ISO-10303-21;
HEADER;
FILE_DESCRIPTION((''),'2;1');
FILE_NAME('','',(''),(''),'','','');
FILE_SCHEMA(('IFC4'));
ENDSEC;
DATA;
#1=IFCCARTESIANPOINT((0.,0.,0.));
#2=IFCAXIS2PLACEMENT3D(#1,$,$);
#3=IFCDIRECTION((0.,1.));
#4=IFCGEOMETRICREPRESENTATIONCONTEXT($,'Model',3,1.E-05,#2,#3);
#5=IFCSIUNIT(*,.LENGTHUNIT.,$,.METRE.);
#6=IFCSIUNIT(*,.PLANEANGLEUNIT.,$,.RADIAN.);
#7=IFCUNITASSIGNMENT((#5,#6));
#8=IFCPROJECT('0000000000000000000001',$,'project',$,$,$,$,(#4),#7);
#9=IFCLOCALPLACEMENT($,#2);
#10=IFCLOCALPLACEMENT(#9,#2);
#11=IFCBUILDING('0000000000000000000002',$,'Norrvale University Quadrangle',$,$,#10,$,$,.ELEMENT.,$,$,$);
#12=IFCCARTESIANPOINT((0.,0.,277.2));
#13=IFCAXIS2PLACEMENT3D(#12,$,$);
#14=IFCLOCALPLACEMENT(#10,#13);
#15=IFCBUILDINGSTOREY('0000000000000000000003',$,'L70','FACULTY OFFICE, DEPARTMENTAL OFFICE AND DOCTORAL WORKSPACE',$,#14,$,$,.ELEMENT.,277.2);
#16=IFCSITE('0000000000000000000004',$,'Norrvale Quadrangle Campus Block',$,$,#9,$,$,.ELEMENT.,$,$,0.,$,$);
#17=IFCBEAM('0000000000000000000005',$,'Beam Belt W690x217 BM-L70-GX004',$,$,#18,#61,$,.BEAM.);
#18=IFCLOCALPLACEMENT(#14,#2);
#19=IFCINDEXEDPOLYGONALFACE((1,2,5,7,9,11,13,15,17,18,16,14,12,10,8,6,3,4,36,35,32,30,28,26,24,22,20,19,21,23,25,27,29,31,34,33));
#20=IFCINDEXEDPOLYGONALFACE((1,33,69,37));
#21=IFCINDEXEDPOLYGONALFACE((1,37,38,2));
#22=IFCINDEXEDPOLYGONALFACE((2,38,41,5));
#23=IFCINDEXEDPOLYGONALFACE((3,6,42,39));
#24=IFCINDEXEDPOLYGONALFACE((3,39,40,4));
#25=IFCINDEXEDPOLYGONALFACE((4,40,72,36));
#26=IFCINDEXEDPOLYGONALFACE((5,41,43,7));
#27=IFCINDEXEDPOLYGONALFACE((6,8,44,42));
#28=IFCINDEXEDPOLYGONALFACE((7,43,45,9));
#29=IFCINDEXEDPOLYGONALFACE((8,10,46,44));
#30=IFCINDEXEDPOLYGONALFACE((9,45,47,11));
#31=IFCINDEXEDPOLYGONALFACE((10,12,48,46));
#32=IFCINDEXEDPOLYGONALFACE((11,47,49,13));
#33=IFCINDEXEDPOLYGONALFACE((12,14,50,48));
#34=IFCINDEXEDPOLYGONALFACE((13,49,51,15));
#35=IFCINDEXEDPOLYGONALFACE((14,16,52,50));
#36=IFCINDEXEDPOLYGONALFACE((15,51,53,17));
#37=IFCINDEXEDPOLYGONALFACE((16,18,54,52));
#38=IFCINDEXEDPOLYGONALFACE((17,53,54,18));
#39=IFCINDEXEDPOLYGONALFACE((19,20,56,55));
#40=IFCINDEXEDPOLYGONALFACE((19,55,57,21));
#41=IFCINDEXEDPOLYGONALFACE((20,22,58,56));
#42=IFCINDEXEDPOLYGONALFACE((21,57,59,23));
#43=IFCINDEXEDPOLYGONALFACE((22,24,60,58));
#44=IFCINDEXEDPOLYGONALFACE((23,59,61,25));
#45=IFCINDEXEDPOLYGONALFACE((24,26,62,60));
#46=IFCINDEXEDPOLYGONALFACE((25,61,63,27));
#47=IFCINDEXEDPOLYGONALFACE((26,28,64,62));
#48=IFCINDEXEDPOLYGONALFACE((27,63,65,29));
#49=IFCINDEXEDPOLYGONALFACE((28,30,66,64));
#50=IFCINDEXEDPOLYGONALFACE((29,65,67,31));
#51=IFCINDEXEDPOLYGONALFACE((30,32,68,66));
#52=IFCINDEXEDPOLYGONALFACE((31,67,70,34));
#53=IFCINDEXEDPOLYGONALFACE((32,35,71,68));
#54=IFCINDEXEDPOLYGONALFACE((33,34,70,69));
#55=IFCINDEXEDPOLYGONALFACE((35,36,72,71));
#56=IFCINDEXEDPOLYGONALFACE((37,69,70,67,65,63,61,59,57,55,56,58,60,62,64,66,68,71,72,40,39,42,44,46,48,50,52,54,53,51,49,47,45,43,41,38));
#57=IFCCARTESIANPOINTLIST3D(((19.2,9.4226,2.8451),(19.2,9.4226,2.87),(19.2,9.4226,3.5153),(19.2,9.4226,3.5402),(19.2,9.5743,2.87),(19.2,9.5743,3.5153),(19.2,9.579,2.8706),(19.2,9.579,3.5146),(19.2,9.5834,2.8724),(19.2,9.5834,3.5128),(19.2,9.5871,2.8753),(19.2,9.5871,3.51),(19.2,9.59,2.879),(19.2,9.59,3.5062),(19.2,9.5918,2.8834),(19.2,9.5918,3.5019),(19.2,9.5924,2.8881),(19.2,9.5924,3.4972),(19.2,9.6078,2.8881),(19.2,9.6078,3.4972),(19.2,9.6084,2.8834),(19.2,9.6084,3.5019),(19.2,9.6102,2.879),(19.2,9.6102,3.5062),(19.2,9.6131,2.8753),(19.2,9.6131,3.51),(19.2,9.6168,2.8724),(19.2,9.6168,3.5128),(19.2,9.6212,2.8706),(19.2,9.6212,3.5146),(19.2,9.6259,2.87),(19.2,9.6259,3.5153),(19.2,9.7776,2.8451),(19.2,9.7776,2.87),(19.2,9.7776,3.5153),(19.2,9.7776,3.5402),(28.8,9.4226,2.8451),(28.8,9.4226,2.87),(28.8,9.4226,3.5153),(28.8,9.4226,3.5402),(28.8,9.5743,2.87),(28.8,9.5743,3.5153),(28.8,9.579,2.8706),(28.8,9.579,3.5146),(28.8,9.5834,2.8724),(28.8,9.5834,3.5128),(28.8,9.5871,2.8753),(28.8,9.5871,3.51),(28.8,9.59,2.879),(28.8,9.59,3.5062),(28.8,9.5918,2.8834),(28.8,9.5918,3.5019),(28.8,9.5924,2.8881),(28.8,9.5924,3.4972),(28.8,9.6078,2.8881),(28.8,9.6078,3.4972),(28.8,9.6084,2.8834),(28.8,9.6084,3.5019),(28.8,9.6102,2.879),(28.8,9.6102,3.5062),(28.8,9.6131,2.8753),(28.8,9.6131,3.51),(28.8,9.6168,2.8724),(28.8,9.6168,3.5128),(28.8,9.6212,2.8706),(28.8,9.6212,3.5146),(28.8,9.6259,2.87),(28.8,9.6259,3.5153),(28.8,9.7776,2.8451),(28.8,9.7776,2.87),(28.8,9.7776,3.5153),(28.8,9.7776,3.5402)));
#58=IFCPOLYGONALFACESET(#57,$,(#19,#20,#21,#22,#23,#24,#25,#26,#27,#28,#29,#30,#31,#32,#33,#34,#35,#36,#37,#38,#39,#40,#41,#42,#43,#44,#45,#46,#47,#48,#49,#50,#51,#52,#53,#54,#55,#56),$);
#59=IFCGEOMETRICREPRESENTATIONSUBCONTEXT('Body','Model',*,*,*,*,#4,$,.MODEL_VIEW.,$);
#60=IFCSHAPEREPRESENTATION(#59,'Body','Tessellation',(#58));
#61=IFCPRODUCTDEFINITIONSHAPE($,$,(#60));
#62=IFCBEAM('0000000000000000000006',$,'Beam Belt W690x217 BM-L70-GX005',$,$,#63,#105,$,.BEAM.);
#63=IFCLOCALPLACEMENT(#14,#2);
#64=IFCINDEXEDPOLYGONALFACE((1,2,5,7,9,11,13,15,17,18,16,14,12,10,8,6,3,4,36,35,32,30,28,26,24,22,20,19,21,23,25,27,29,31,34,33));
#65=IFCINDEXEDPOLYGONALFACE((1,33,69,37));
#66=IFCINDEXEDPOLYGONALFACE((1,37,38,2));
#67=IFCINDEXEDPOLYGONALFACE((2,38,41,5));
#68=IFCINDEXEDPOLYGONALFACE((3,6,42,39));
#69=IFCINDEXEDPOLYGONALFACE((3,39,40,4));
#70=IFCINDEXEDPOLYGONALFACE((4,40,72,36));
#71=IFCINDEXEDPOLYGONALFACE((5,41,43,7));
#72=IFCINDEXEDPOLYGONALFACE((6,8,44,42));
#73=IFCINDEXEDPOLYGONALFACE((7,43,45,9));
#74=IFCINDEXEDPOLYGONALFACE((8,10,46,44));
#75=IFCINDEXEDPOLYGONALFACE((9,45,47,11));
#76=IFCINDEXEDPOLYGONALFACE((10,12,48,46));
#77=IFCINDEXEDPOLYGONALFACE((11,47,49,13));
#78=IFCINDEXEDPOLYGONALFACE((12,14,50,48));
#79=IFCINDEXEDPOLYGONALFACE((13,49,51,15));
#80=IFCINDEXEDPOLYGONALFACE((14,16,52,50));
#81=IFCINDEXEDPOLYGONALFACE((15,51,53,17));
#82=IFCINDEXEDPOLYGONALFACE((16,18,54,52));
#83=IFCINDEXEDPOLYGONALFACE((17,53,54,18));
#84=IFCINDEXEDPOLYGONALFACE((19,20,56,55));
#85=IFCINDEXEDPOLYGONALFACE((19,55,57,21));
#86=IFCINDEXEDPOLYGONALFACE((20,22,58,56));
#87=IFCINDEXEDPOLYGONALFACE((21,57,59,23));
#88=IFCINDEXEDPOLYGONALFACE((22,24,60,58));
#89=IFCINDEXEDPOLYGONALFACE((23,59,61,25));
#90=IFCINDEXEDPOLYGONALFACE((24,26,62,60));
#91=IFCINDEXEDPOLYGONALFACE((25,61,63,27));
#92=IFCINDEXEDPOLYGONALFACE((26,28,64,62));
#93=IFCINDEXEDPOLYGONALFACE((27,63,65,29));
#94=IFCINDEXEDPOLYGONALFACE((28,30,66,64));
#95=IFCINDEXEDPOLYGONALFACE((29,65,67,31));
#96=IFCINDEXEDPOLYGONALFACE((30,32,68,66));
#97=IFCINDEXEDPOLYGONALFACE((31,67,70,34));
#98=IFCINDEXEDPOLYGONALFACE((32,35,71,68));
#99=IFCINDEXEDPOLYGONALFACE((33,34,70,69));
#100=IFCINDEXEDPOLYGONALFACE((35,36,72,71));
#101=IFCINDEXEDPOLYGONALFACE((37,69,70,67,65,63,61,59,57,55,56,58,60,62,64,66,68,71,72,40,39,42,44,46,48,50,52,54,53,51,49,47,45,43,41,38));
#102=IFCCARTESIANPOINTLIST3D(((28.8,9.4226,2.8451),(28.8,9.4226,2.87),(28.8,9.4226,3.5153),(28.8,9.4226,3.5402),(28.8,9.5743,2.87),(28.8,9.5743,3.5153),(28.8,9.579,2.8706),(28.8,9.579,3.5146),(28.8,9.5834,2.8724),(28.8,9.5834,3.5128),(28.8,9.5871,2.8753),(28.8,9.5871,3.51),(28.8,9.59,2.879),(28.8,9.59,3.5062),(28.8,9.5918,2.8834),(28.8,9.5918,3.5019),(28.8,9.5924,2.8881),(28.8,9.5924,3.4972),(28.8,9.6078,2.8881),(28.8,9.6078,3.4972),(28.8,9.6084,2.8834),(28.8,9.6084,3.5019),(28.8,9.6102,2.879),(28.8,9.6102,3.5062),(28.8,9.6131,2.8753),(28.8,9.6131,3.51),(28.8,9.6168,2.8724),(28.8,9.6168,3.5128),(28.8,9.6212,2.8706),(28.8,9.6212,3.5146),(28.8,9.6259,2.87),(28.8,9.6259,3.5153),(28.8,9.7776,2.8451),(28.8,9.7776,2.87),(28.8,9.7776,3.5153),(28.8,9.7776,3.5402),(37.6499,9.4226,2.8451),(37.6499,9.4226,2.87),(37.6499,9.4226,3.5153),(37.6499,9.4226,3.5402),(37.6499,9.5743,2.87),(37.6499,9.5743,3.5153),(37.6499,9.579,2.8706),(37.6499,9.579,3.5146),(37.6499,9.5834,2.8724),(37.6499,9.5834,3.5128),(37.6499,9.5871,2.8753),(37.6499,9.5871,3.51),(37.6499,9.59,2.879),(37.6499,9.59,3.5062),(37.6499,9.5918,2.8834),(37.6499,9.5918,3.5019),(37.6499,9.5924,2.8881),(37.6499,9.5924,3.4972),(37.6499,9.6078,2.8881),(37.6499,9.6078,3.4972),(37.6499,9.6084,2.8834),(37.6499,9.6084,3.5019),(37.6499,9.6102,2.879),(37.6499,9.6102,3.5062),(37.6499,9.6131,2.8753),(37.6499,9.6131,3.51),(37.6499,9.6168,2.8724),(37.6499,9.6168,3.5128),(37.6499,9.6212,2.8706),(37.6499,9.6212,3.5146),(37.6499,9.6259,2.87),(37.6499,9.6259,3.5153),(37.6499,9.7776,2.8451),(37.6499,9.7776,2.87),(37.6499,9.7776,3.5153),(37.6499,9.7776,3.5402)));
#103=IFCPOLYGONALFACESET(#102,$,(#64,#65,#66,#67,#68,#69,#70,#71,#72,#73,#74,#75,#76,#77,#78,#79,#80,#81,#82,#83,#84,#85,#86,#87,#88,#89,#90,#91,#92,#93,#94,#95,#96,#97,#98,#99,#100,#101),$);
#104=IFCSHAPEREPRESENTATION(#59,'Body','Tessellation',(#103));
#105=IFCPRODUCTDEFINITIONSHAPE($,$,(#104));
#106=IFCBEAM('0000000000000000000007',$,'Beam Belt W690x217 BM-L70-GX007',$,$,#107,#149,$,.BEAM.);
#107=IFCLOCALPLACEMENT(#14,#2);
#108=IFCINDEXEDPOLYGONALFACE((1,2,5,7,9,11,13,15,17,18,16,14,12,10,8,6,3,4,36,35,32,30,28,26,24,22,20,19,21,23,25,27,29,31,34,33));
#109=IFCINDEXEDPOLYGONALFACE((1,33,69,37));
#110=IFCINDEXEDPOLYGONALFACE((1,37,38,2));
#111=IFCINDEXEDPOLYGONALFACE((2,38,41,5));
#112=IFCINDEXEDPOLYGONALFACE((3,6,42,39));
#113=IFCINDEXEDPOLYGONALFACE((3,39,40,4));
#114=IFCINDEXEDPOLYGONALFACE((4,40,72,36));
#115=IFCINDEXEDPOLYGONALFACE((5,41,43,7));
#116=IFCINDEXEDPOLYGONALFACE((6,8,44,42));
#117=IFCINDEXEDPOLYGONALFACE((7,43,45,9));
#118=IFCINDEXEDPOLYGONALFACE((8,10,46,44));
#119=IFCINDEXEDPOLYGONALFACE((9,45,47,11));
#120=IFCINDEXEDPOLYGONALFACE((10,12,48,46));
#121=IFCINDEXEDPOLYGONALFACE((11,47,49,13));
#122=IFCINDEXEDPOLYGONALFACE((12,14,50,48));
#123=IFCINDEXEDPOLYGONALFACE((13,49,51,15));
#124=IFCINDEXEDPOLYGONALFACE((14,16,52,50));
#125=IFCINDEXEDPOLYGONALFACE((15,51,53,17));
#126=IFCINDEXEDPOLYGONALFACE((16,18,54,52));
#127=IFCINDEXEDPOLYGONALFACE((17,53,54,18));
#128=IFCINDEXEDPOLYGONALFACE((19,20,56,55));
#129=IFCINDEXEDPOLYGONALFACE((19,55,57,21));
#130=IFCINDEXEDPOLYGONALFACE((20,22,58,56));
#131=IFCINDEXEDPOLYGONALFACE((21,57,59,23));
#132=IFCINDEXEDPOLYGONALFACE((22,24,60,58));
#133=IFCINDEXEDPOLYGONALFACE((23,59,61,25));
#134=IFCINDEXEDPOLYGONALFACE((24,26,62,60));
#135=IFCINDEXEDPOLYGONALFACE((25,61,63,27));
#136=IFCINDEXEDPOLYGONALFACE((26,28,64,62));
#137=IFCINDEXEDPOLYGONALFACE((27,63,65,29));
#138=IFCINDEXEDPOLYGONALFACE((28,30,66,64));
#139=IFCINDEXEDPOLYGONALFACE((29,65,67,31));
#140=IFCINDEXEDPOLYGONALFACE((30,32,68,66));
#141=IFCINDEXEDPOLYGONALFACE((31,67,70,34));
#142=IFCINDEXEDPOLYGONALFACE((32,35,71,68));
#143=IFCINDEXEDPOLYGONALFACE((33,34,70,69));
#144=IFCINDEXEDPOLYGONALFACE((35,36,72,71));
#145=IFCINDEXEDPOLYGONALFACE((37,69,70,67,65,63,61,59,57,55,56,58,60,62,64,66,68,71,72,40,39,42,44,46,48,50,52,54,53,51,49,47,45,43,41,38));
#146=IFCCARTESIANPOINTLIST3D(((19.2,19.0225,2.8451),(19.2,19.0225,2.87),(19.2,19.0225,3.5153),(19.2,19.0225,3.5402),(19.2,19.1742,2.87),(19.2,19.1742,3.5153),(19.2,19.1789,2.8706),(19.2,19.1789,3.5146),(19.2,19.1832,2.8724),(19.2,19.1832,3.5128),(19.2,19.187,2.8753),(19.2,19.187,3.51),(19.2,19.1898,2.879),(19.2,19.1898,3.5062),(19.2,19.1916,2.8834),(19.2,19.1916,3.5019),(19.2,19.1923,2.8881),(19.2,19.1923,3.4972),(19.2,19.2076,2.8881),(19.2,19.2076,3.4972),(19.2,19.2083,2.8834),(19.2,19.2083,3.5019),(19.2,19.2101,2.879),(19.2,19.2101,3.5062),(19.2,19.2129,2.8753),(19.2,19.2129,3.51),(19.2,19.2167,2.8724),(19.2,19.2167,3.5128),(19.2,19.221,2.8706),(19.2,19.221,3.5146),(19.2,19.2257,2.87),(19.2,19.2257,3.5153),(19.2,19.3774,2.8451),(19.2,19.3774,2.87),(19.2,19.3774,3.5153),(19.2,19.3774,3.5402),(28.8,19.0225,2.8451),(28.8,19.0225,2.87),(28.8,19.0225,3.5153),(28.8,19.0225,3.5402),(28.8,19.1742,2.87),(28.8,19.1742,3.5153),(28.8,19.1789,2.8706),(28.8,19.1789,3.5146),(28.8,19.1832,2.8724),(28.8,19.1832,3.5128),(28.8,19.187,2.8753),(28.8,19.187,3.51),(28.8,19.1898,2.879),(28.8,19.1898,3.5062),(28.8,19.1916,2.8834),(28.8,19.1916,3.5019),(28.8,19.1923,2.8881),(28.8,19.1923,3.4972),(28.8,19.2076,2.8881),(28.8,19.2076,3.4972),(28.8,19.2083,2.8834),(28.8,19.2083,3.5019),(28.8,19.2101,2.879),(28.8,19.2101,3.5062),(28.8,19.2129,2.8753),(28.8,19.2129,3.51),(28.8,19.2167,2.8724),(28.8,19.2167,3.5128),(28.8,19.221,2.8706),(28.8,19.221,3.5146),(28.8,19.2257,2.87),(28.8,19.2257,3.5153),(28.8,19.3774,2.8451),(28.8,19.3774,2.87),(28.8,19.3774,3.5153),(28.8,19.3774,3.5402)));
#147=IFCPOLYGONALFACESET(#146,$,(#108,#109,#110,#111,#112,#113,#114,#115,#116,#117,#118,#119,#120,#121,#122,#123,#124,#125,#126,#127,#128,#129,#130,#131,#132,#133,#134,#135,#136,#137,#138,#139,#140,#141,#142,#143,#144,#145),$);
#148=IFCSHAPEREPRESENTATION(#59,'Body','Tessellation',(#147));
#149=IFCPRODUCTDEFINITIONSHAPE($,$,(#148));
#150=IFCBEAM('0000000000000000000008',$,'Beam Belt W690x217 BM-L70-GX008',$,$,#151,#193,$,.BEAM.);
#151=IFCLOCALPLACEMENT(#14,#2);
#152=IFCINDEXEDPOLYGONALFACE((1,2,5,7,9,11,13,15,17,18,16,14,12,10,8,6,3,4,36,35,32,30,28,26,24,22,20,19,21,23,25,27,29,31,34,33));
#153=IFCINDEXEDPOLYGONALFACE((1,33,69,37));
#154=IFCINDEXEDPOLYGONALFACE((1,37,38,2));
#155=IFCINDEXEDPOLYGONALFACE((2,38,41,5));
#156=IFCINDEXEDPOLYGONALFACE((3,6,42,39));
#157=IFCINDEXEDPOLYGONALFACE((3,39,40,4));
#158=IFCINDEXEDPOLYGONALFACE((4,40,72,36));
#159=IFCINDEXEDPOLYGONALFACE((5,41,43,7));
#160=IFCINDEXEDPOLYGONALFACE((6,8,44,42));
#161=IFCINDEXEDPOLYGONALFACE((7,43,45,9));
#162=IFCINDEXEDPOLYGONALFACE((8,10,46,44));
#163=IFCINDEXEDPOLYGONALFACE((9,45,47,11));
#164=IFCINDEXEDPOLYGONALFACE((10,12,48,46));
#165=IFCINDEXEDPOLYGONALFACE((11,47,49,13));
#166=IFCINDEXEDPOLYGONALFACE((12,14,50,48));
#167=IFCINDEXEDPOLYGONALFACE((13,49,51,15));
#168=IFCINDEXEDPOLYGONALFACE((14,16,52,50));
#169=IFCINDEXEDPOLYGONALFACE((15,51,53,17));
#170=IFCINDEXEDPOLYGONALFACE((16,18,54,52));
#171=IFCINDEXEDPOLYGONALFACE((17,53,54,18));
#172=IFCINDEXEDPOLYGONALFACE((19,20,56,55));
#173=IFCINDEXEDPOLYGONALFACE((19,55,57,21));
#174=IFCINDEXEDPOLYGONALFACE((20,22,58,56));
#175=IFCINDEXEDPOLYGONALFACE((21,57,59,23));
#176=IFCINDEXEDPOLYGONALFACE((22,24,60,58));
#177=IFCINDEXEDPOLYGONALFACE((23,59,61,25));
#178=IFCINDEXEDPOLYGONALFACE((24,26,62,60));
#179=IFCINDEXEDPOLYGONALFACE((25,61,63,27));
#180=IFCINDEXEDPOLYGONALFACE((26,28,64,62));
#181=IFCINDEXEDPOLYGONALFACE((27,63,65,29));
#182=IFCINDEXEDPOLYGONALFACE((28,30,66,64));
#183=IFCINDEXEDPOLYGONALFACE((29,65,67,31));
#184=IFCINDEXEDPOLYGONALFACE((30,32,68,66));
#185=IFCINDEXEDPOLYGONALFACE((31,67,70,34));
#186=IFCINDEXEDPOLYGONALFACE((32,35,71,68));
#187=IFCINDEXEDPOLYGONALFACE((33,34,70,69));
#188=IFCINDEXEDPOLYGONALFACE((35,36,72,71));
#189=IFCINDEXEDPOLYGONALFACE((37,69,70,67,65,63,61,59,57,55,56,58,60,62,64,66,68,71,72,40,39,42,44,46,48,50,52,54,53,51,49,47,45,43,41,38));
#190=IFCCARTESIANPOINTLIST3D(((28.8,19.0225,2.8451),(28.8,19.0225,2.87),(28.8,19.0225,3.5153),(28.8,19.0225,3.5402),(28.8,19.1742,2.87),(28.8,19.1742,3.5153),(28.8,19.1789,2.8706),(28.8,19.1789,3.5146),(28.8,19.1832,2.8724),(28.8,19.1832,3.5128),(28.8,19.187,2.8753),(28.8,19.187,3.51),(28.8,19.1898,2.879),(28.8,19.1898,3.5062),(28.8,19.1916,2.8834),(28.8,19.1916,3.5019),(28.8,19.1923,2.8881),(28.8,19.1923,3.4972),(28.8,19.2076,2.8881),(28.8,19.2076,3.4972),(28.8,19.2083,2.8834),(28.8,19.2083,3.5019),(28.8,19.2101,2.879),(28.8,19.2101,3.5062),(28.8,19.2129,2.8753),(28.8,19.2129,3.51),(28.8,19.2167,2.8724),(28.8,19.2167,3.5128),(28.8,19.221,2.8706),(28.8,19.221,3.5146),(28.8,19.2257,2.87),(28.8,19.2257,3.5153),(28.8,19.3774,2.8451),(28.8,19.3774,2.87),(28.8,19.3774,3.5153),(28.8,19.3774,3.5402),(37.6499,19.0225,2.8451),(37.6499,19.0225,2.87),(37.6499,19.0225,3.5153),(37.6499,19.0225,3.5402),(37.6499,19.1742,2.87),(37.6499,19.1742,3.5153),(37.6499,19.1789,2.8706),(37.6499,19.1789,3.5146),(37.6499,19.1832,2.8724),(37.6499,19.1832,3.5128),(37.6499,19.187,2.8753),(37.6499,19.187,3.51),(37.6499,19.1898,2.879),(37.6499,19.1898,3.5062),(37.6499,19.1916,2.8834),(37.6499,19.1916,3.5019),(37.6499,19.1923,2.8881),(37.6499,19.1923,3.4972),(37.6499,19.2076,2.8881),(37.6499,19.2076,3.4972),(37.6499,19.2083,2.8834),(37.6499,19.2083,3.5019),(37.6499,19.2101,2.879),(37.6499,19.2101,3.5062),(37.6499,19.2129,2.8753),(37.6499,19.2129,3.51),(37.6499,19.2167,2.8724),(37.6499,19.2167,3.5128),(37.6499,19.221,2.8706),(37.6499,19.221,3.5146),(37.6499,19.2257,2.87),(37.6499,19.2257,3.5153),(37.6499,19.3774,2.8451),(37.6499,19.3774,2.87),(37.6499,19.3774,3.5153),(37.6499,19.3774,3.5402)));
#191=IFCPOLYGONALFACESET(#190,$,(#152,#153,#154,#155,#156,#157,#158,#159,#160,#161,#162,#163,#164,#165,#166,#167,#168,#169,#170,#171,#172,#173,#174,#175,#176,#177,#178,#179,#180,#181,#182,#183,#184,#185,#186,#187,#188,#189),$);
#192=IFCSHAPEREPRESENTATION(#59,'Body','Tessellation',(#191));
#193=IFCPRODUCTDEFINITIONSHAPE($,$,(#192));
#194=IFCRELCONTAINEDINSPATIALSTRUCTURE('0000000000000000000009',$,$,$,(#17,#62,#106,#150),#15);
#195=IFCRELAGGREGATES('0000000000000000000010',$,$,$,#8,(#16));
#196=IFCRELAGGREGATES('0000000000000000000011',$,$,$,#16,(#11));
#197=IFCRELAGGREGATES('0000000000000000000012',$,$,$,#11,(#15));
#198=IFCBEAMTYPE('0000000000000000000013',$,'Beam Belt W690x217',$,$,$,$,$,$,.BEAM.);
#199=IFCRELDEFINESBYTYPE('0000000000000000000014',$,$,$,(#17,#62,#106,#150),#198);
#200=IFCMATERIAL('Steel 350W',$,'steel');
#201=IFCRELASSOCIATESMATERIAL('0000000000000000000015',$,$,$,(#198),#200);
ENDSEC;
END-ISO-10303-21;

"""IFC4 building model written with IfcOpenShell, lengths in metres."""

from ifc_helpers import new_model, si_unit, direction, frame, origin, origin_2d, place, context, subcontext, project, spatial, i_section, extrude, material, material_profile, profile_set, type_object, element, save


model = new_model("IFC4")

# Units and contexts
model_context = context("Model", 3, precision=1e-05, world=origin(), true_north=direction((0.0, 1.0)))
body_context = subcontext(model_context, "Body", "Model", "MODEL_VIEW")
ifc_project = project(units=[si_unit("LENGTHUNIT", "METRE"), si_unit("PLANEANGLEUNIT", "RADIAN")], contexts=[model_context])

# Site, building, storey
site_placement = place(None, origin())
site = spatial("IfcSite", under=ifc_project, at=site_placement, Name="Norrvale Quadrangle Campus Block", CompositionType="ELEMENT", RefElevation=0.0)
building_placement = place(site_placement, origin())
building = spatial("IfcBuilding", under=site, at=building_placement, Name="Norrvale University Quadrangle", CompositionType="ELEMENT")
storey_placement = place(building_placement, frame((0.0, 0.0, 277.2)))
storey = spatial("IfcBuildingStorey", under=building, at=storey_placement, Name="L70", Description="FACULTY OFFICE, DEPARTMENTAL OFFICE AND DOCTORAL WORKSPACE", CompositionType="ELEMENT", Elevation=277.2)

# Beams
ifc_material_1 = material(Name="Steel 350W", Category="steel")
ifc_material_profile_1 = material_profile(ifc_material_1, i_section(OverallWidth=0.355, OverallDepth=0.6951, WebThickness=0.0154, FlangeThickness=0.0249, FilletRadius=0.0181, at=origin_2d()), Name="Steel 350W")
ifc_profile_set_1 = profile_set([ifc_material_profile_1], Name="Steel 350W")
beam_type_1 = type_object("IfcBeamType", Name="Beam Belt W690x217", PredefinedType="BEAM", material=ifc_profile_set_1)
beam_1_placement = place(storey_placement, frame((19.2, 9.6001, 3.1926), z_axis=(1.0, 0.0, 0.0), x_axis=(0.0, 1.0, 0.0)))
element("IfcBeam", 1, at=beam_1_placement, inside=storey, type_object=beam_type_1, Name="Beam Belt W690x217 BM-L70-GX004", PredefinedType="BEAM", context=body_context, shape_type="SweptSolid", body=[
    extrude(i_section(OverallWidth=0.355, OverallDepth=0.6951, WebThickness=0.0154, FlangeThickness=0.0249, FilletRadius=0.0181, at=origin_2d()), origin(), (0.0, 0.0, 1.0), 9.6001),
])
beam_2_placement = place(storey_placement, frame((28.8, 9.6001, 3.1926), z_axis=(1.0, 0.0, 0.0), x_axis=(0.0, 1.0, 0.0)))
element("IfcBeam", 2, at=beam_2_placement, inside=storey, type_object=beam_type_1, Name="Beam Belt W690x217 BM-L70-GX005", PredefinedType="BEAM", context=body_context, shape_type="SweptSolid", body=[
    extrude(i_section(OverallWidth=0.355, OverallDepth=0.6951, WebThickness=0.0154, FlangeThickness=0.0249, FilletRadius=0.0181, at=origin_2d()), origin(), (0.0, 0.0, 1.0), 8.8499),
])
beam_3_placement = place(storey_placement, frame((19.2, 19.2, 3.1926), z_axis=(1.0, 0.0, 0.0), x_axis=(0.0, 1.0, 0.0)))
element("IfcBeam", 3, at=beam_3_placement, inside=storey, type_object=beam_type_1, Name="Beam Belt W690x217 BM-L70-GX007", PredefinedType="BEAM", context=body_context, shape_type="SweptSolid", body=[
    extrude(i_section(OverallWidth=0.355, OverallDepth=0.6951, WebThickness=0.0154, FlangeThickness=0.0249, FilletRadius=0.0181, at=origin_2d()), origin(), (0.0, 0.0, 1.0), 9.6001),
])
beam_4_placement = place(storey_placement, frame((28.8, 19.2, 3.1926), z_axis=(1.0, 0.0, 0.0), x_axis=(0.0, 1.0, 0.0)))
element("IfcBeam", 4, at=beam_4_placement, inside=storey, type_object=beam_type_1, Name="Beam Belt W690x217 BM-L70-GX008", PredefinedType="BEAM", context=body_context, shape_type="SweptSolid", body=[
    extrude(i_section(OverallWidth=0.355, OverallDepth=0.6951, WebThickness=0.0154, FlangeThickness=0.0249, FilletRadius=0.0181, at=origin_2d()), origin(), (0.0, 0.0, 1.0), 8.8499),
])

save(model, "model.ifc")
